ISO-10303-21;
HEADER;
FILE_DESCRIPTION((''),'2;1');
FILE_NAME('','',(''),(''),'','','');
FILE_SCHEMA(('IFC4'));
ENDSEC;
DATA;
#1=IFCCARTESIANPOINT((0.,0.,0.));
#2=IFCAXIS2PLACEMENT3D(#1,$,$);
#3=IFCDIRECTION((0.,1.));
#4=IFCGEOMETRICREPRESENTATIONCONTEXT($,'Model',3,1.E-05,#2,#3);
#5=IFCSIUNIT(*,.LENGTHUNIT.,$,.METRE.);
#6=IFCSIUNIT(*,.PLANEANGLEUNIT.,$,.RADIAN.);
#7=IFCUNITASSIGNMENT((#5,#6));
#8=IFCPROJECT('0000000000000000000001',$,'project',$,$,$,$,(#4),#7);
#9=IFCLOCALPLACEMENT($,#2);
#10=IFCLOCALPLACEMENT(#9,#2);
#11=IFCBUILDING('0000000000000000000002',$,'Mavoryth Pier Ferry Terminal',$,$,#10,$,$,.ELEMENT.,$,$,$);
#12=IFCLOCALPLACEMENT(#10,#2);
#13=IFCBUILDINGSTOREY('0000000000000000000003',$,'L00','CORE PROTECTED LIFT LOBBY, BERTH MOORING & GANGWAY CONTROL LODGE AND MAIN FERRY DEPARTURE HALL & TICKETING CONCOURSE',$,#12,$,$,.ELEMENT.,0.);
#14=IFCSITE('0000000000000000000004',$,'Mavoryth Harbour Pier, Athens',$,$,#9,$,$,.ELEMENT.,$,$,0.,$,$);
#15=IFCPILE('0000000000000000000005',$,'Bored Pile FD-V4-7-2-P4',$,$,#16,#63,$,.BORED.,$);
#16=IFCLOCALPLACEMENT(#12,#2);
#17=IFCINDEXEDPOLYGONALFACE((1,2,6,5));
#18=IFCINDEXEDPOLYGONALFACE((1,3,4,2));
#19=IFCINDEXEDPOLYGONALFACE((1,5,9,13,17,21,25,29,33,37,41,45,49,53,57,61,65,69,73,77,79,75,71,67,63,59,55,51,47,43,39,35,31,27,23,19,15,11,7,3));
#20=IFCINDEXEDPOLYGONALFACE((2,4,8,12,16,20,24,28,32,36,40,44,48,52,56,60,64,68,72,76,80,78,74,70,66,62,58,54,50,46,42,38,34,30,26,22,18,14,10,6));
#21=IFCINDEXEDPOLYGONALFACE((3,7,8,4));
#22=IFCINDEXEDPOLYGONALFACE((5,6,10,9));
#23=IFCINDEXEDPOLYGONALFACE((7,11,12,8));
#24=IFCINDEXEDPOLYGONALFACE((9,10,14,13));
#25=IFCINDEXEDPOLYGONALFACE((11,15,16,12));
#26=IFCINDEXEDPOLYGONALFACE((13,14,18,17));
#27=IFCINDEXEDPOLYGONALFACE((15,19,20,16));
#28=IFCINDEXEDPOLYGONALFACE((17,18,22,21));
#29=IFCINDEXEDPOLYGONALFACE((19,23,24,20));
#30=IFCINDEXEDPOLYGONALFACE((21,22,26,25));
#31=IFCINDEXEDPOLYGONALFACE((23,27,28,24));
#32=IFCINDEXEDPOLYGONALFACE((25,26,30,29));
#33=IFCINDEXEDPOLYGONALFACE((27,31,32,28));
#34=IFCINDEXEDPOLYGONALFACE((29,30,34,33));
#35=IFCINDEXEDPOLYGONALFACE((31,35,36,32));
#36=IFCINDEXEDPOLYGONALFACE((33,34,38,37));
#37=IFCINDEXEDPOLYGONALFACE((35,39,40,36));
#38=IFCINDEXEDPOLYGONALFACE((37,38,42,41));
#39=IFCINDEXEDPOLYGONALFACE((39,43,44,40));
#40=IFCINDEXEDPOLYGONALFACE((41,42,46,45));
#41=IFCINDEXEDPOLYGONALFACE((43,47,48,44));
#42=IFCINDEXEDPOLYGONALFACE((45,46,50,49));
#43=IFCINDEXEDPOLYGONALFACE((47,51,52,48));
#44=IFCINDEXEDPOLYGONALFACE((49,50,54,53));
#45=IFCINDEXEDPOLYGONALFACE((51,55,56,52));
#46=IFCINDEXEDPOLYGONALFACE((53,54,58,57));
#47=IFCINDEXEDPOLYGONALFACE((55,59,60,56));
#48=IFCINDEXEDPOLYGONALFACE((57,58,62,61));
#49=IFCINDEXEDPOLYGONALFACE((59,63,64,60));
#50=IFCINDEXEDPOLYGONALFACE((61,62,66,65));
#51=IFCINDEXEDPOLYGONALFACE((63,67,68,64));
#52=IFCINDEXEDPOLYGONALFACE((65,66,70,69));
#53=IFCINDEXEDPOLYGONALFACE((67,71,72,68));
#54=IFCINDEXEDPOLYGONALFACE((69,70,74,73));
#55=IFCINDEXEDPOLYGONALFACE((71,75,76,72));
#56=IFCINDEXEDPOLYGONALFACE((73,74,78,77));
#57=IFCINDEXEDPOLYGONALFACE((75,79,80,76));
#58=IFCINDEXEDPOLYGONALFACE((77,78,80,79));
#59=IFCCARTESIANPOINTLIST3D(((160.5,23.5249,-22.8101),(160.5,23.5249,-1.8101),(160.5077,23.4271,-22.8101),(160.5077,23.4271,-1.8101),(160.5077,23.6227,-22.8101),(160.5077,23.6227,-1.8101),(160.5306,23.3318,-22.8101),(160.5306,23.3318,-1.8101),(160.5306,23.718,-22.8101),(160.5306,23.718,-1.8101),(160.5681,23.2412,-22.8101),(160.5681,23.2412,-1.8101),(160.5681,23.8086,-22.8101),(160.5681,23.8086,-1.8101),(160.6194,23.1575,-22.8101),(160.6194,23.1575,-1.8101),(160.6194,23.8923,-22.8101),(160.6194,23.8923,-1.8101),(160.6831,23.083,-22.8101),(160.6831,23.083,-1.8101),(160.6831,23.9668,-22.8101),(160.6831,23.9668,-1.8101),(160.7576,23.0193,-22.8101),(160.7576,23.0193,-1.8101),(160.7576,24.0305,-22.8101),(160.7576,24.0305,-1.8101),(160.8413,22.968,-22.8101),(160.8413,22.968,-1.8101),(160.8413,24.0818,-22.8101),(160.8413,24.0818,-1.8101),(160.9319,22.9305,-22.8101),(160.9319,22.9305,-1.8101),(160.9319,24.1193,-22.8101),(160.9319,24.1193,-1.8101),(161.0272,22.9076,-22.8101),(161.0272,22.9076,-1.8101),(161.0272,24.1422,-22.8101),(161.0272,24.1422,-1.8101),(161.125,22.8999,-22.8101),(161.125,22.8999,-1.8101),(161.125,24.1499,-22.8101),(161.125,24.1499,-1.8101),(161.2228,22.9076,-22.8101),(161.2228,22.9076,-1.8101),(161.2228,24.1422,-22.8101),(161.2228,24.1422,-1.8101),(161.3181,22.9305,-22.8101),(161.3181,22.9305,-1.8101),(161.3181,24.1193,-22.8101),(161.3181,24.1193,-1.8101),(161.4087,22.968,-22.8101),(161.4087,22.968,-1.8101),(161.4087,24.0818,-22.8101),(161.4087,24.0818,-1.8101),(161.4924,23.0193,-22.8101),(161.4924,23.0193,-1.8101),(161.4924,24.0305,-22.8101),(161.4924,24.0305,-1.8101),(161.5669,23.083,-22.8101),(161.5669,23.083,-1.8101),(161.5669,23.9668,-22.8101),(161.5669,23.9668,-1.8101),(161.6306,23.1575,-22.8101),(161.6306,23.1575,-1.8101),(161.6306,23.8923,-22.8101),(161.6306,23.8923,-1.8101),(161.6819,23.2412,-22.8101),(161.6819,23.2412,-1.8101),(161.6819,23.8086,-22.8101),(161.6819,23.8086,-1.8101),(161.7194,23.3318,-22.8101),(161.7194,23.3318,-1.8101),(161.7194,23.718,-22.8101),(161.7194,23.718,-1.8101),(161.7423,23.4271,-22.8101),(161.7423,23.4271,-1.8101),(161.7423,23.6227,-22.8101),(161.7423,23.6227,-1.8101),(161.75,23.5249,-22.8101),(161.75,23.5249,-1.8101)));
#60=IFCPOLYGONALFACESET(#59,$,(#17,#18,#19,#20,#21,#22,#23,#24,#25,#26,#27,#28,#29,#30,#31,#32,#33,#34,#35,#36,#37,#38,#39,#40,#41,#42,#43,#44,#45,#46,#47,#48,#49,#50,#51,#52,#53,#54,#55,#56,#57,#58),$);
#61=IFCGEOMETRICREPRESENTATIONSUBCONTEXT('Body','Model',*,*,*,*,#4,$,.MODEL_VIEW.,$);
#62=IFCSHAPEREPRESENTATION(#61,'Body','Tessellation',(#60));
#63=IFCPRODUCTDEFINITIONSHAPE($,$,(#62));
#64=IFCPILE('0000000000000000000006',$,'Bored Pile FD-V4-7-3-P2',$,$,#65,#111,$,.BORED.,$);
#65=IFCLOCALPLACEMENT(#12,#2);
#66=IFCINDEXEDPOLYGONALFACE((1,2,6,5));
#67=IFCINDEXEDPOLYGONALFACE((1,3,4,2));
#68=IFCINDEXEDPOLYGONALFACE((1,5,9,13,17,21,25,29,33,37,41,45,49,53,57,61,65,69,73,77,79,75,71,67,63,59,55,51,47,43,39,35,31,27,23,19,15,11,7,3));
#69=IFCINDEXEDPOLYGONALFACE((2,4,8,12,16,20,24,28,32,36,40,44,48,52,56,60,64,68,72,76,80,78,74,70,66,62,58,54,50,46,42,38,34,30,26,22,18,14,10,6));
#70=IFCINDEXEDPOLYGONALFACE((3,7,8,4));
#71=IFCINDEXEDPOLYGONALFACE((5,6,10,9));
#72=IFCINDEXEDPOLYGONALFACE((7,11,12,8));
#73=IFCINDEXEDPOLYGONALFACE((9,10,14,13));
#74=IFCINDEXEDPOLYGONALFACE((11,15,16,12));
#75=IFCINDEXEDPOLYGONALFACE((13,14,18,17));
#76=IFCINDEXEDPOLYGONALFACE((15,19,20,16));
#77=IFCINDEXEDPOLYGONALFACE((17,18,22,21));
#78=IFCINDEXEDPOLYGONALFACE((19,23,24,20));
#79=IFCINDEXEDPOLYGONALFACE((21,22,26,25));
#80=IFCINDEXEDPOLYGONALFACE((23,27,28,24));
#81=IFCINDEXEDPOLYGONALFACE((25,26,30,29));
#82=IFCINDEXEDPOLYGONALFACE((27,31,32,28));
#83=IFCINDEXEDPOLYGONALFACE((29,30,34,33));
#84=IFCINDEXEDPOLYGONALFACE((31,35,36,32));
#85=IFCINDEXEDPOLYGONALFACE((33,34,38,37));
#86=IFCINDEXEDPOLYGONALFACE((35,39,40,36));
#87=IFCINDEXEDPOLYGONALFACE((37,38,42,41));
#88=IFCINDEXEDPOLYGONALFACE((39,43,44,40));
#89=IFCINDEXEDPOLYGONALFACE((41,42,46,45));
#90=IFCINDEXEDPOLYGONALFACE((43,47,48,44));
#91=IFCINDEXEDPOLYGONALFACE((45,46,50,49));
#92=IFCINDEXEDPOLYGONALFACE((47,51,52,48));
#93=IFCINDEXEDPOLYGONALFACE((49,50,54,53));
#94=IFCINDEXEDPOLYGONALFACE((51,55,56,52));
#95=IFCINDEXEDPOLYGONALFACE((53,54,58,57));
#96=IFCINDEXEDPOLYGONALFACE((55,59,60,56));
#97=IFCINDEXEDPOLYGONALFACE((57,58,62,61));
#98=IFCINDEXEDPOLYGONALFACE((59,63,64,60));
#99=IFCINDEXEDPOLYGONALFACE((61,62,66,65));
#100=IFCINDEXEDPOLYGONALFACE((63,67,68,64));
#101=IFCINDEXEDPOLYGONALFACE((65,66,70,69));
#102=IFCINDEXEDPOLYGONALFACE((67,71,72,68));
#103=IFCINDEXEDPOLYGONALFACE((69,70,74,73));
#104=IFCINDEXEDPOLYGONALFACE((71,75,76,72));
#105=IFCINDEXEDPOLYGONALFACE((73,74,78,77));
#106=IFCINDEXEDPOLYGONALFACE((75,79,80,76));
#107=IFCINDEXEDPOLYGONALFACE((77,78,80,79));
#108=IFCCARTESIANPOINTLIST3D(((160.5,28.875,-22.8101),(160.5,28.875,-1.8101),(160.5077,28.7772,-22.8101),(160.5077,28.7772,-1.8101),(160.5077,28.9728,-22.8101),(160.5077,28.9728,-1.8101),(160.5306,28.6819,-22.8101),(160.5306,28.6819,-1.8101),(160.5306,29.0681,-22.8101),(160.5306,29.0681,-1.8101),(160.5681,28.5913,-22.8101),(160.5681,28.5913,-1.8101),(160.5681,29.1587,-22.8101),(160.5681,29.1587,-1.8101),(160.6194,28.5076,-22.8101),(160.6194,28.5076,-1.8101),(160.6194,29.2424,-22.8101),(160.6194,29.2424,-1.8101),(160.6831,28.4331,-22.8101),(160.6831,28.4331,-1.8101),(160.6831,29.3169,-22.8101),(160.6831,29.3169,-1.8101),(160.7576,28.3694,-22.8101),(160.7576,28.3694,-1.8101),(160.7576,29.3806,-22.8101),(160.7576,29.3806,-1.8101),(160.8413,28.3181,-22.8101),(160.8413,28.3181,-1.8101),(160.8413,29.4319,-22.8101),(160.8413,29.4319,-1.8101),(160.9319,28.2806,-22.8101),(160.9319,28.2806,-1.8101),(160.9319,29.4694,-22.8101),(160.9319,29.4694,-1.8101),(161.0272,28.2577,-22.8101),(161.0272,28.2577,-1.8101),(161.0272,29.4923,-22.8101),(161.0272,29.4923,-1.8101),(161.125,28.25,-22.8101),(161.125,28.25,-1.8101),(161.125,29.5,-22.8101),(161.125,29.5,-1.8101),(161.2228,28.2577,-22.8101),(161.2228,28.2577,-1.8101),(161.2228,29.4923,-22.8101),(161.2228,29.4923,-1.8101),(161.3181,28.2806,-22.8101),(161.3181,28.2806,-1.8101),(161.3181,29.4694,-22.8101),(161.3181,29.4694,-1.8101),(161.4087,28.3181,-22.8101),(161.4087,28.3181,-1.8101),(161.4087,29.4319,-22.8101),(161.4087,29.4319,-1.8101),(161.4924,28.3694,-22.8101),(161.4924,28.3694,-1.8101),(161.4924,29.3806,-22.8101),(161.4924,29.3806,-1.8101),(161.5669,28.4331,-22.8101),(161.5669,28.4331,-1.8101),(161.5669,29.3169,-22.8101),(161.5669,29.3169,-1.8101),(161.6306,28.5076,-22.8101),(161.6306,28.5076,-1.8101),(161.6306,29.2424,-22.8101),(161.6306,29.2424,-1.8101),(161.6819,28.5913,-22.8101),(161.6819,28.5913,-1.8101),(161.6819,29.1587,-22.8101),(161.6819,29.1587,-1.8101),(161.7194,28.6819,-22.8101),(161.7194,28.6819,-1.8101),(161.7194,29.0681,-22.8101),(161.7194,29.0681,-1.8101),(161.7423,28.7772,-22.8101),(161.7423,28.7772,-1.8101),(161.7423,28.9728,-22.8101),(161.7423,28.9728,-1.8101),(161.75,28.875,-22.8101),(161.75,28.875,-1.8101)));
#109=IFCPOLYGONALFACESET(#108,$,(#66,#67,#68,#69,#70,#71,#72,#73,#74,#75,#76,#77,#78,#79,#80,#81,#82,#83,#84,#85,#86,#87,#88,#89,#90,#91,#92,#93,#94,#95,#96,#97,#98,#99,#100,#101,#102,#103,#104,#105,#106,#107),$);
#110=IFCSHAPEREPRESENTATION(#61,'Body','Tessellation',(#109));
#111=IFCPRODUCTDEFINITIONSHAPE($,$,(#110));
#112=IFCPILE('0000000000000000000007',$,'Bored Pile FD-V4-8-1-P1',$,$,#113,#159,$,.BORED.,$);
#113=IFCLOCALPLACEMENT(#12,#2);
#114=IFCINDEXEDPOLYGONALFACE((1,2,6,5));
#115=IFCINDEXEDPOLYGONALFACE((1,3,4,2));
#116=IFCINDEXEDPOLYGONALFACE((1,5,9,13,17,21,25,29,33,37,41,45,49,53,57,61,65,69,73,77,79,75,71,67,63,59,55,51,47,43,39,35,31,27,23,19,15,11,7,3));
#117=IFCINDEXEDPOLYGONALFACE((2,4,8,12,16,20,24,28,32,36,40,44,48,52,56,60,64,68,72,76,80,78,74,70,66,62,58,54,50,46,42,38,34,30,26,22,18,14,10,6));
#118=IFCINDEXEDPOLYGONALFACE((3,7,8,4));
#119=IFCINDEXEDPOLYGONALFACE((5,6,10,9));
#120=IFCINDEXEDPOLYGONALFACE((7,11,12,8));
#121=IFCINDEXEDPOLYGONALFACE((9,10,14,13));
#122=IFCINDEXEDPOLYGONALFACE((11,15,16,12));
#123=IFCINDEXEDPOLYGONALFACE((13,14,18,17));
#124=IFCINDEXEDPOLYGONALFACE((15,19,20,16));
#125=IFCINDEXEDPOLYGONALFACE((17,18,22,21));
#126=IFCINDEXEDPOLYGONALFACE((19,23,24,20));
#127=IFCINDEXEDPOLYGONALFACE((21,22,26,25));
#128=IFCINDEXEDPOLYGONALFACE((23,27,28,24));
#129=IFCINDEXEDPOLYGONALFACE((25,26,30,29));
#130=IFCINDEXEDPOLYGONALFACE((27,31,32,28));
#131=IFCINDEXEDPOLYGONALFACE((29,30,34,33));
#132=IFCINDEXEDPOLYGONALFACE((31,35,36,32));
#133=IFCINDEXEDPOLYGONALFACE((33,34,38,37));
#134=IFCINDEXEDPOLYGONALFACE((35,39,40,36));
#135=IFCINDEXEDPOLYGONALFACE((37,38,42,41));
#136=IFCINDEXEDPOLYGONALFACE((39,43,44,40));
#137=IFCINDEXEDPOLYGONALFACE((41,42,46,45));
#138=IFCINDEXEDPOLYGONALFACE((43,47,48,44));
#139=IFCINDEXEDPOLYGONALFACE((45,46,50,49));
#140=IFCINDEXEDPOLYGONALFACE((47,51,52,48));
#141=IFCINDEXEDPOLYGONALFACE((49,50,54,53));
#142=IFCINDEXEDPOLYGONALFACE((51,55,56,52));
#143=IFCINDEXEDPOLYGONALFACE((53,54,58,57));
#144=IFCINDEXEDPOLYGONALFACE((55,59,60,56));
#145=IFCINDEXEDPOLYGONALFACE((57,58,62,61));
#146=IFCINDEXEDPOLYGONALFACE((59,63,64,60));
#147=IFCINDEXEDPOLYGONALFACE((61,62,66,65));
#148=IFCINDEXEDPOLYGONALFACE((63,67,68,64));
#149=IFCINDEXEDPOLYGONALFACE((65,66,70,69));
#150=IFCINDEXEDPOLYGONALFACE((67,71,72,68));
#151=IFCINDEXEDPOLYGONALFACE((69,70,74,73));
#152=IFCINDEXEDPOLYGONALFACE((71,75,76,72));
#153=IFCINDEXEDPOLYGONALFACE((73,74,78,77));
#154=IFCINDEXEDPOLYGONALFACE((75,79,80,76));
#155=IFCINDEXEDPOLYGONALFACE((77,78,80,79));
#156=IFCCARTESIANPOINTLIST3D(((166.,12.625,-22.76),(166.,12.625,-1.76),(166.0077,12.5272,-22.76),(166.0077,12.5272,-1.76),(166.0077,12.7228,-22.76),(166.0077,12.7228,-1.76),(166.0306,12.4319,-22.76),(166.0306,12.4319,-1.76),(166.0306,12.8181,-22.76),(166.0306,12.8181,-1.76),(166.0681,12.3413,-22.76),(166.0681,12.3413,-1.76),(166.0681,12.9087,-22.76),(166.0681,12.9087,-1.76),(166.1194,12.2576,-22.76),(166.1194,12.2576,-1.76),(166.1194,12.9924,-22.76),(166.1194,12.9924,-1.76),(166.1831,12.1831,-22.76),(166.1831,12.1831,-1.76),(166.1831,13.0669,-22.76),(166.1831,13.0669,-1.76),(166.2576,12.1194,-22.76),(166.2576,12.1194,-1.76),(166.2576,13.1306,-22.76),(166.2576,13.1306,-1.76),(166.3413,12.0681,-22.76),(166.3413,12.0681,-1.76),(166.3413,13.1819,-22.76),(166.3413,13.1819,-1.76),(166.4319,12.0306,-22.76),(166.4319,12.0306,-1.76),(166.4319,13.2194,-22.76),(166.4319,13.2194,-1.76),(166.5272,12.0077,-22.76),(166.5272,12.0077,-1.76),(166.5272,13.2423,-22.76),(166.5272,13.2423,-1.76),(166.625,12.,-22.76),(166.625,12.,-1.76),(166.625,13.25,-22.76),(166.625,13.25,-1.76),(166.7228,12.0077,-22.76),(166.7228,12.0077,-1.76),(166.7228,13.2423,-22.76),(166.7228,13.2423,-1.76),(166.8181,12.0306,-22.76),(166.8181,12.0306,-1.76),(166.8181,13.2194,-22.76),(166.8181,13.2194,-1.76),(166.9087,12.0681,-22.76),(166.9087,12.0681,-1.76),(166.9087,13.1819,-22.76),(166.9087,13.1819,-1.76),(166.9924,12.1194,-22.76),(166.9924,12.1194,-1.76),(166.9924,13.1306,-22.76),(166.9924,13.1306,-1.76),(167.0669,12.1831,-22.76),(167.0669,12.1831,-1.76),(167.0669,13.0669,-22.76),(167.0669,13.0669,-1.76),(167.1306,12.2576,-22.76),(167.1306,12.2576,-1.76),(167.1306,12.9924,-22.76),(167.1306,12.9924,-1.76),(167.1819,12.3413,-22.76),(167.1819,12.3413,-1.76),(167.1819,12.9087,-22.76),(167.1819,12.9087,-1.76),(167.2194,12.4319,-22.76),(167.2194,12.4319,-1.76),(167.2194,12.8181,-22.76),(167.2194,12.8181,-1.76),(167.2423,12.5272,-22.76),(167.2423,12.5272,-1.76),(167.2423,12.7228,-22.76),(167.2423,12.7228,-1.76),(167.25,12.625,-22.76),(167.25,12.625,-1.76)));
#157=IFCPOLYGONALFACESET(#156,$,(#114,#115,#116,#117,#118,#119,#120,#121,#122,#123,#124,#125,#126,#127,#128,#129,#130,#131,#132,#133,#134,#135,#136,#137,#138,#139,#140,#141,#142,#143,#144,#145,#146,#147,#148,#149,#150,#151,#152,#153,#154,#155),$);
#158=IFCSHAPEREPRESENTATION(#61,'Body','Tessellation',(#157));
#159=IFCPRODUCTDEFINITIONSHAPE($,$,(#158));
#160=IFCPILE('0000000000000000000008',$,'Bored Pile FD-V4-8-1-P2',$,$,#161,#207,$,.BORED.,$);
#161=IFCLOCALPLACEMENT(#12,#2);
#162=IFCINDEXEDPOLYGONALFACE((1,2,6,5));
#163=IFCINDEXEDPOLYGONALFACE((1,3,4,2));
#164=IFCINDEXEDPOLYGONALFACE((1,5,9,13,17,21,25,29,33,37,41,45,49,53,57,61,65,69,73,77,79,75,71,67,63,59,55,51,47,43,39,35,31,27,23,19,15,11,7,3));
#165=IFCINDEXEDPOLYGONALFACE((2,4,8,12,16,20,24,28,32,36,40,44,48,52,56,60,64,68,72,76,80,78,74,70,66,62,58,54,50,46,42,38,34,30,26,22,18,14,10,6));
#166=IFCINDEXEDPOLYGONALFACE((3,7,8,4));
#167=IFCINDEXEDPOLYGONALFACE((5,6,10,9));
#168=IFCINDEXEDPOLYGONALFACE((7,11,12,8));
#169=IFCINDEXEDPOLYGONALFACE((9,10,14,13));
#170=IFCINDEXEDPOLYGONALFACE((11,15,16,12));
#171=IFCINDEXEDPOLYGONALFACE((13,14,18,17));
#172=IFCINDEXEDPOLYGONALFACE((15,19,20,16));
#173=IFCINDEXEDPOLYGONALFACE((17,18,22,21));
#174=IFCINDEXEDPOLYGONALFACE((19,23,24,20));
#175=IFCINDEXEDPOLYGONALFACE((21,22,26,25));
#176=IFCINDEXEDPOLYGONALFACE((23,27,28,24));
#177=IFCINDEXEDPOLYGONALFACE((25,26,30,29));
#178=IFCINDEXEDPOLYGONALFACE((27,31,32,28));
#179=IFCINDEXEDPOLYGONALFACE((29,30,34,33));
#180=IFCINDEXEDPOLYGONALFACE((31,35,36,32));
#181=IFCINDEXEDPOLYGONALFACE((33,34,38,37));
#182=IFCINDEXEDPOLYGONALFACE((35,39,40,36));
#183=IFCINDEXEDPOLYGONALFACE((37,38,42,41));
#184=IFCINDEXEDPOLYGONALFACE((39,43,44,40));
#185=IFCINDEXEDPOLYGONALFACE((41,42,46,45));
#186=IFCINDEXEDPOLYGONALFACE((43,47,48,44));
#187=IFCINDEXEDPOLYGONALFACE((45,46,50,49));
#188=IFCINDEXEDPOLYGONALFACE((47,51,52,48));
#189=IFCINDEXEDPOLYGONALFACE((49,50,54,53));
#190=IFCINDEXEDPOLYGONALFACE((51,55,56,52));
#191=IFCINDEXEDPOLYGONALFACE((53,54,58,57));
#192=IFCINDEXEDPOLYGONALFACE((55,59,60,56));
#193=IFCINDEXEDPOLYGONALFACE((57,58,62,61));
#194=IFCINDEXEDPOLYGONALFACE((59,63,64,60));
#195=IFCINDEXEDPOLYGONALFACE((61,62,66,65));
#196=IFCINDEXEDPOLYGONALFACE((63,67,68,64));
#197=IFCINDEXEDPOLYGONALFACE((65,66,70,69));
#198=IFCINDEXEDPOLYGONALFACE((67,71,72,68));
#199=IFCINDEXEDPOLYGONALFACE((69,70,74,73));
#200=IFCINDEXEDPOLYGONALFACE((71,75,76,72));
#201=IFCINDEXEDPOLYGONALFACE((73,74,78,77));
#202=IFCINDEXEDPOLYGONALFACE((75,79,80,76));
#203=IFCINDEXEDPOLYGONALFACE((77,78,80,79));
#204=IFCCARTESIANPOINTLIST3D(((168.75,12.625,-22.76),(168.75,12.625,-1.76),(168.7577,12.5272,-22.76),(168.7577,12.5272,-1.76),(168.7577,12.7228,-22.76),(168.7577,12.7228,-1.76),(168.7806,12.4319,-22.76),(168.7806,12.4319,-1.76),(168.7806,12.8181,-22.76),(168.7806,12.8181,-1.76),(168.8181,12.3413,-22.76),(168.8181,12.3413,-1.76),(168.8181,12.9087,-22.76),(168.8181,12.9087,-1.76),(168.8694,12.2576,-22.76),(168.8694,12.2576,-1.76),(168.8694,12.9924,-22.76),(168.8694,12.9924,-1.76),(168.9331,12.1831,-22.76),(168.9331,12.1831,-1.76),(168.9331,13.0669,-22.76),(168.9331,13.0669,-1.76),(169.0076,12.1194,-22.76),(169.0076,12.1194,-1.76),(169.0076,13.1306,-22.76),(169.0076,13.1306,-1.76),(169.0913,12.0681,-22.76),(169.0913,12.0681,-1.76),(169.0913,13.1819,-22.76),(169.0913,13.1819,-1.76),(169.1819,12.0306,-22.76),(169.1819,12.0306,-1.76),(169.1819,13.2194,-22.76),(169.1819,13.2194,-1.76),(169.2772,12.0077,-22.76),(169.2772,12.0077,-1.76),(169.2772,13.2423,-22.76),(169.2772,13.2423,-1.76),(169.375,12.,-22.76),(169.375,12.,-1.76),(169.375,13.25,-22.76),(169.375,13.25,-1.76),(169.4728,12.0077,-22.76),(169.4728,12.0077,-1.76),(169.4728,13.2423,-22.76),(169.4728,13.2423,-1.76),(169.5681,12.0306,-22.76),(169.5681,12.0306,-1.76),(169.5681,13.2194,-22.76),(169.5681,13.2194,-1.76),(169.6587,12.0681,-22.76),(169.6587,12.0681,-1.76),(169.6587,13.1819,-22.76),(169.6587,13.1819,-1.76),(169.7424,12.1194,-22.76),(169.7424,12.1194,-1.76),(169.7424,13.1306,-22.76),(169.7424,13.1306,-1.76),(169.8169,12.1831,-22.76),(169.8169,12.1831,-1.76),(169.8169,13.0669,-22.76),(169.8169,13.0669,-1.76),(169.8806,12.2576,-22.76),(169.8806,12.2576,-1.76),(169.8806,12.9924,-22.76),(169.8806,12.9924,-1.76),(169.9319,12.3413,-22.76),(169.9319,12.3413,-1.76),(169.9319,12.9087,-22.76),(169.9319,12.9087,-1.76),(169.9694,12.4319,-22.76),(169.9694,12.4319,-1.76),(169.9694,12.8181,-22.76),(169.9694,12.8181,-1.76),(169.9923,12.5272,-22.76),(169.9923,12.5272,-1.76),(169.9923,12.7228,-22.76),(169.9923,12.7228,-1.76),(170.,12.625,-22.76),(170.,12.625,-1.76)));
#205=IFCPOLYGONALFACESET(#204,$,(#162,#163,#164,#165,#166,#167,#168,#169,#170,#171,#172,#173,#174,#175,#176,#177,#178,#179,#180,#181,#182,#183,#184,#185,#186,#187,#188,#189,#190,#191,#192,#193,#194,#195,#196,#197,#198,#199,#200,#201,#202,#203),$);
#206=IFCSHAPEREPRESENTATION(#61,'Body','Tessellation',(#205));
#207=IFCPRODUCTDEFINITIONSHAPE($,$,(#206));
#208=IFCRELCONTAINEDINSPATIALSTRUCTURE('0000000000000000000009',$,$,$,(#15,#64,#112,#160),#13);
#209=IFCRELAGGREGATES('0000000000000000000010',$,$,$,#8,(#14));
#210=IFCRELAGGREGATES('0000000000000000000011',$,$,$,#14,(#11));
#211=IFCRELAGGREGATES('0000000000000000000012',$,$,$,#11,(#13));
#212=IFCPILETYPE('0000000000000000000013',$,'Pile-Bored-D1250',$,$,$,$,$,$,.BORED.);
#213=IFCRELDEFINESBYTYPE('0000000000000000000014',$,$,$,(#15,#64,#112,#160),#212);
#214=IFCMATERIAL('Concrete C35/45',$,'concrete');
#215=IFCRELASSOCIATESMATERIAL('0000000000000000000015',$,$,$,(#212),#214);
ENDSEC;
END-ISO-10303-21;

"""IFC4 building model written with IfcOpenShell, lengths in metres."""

from ifc_helpers import new_model, si_unit, direction, frame, origin, origin_2d, place, context, subcontext, project, spatial, circle, extrude, material, material_profile, profile_set, type_object, element, save


model = new_model("IFC4")

# Units and contexts
model_context = context("Model", 3, precision=1e-05, world=origin(), true_north=direction((0.0, 1.0)))
body_context = subcontext(model_context, "Body", "Model", "MODEL_VIEW")
ifc_project = project(units=[si_unit("LENGTHUNIT", "METRE"), si_unit("PLANEANGLEUNIT", "RADIAN")], contexts=[model_context])

# Site, building, storey
site_placement = place(None, origin())
site = spatial("IfcSite", under=ifc_project, at=site_placement, Name="Mavoryth Harbour Pier, Athens", CompositionType="ELEMENT", RefElevation=0.0)
building_placement = place(site_placement, origin())
building = spatial("IfcBuilding", under=site, at=building_placement, Name="Mavoryth Pier Ferry Terminal", CompositionType="ELEMENT")
storey_placement = place(building_placement, origin())
storey = spatial("IfcBuildingStorey", under=building, at=storey_placement, Name="L00", Description="CORE PROTECTED LIFT LOBBY, BERTH MOORING & GANGWAY CONTROL LODGE AND MAIN FERRY DEPARTURE HALL & TICKETING CONCOURSE", CompositionType="ELEMENT", Elevation=0.0)

# Shared definitions
ifc_material_1 = material(Name="Concrete C35/45", Category="concrete")

# Piles
ifc_material_profile_1 = material_profile(ifc_material_1, circle(Radius=0.625, at=origin_2d()), Name="PILE D1250", Category="concrete")
ifc_profile_set_1 = profile_set([ifc_material_profile_1], Name="Concrete C35/45 - PILE D1250")
pile_type = type_object("IfcPileType", Name="Pile-Bored-D1250", PredefinedType="BORED", material=ifc_profile_set_1)
for number, where, z_axis, x_axis, name in (
    (1, (161.125, 23.5249, -1.8101), (0.0, 0.0, -1.0), (1.0, 0.0, 0.0), "Bored Pile FD-V4-7-2-P4"),
    (2, (161.125, 28.875, -1.8101), (0.0, 0.0, -1.0), (1.0, 0.0, 0.0), "Bored Pile FD-V4-7-3-P2"),
    (3, (166.625, 12.625, -1.76), (0.0, 0.0, -1.0), (1.0, 0.0, 0.0), "Bored Pile FD-V4-8-1-P1"),
    (4, (169.375, 12.625, -1.76), (0.0, 0.0, -1.0), (1.0, 0.0, 0.0), "Bored Pile FD-V4-8-1-P2"),
):
    element("IfcPile", number, at=place(storey_placement, frame(where, z_axis=z_axis, x_axis=x_axis)), inside=storey, type_object=pile_type, Name=name, PredefinedType="BORED", context=body_context, shape_type="SweptSolid", body=[
        extrude(circle(Radius=0.625, at=origin_2d()), origin(), (0.0, 0.0, 1.0), 21.0),
    ])

save(model, "model.ifc")
